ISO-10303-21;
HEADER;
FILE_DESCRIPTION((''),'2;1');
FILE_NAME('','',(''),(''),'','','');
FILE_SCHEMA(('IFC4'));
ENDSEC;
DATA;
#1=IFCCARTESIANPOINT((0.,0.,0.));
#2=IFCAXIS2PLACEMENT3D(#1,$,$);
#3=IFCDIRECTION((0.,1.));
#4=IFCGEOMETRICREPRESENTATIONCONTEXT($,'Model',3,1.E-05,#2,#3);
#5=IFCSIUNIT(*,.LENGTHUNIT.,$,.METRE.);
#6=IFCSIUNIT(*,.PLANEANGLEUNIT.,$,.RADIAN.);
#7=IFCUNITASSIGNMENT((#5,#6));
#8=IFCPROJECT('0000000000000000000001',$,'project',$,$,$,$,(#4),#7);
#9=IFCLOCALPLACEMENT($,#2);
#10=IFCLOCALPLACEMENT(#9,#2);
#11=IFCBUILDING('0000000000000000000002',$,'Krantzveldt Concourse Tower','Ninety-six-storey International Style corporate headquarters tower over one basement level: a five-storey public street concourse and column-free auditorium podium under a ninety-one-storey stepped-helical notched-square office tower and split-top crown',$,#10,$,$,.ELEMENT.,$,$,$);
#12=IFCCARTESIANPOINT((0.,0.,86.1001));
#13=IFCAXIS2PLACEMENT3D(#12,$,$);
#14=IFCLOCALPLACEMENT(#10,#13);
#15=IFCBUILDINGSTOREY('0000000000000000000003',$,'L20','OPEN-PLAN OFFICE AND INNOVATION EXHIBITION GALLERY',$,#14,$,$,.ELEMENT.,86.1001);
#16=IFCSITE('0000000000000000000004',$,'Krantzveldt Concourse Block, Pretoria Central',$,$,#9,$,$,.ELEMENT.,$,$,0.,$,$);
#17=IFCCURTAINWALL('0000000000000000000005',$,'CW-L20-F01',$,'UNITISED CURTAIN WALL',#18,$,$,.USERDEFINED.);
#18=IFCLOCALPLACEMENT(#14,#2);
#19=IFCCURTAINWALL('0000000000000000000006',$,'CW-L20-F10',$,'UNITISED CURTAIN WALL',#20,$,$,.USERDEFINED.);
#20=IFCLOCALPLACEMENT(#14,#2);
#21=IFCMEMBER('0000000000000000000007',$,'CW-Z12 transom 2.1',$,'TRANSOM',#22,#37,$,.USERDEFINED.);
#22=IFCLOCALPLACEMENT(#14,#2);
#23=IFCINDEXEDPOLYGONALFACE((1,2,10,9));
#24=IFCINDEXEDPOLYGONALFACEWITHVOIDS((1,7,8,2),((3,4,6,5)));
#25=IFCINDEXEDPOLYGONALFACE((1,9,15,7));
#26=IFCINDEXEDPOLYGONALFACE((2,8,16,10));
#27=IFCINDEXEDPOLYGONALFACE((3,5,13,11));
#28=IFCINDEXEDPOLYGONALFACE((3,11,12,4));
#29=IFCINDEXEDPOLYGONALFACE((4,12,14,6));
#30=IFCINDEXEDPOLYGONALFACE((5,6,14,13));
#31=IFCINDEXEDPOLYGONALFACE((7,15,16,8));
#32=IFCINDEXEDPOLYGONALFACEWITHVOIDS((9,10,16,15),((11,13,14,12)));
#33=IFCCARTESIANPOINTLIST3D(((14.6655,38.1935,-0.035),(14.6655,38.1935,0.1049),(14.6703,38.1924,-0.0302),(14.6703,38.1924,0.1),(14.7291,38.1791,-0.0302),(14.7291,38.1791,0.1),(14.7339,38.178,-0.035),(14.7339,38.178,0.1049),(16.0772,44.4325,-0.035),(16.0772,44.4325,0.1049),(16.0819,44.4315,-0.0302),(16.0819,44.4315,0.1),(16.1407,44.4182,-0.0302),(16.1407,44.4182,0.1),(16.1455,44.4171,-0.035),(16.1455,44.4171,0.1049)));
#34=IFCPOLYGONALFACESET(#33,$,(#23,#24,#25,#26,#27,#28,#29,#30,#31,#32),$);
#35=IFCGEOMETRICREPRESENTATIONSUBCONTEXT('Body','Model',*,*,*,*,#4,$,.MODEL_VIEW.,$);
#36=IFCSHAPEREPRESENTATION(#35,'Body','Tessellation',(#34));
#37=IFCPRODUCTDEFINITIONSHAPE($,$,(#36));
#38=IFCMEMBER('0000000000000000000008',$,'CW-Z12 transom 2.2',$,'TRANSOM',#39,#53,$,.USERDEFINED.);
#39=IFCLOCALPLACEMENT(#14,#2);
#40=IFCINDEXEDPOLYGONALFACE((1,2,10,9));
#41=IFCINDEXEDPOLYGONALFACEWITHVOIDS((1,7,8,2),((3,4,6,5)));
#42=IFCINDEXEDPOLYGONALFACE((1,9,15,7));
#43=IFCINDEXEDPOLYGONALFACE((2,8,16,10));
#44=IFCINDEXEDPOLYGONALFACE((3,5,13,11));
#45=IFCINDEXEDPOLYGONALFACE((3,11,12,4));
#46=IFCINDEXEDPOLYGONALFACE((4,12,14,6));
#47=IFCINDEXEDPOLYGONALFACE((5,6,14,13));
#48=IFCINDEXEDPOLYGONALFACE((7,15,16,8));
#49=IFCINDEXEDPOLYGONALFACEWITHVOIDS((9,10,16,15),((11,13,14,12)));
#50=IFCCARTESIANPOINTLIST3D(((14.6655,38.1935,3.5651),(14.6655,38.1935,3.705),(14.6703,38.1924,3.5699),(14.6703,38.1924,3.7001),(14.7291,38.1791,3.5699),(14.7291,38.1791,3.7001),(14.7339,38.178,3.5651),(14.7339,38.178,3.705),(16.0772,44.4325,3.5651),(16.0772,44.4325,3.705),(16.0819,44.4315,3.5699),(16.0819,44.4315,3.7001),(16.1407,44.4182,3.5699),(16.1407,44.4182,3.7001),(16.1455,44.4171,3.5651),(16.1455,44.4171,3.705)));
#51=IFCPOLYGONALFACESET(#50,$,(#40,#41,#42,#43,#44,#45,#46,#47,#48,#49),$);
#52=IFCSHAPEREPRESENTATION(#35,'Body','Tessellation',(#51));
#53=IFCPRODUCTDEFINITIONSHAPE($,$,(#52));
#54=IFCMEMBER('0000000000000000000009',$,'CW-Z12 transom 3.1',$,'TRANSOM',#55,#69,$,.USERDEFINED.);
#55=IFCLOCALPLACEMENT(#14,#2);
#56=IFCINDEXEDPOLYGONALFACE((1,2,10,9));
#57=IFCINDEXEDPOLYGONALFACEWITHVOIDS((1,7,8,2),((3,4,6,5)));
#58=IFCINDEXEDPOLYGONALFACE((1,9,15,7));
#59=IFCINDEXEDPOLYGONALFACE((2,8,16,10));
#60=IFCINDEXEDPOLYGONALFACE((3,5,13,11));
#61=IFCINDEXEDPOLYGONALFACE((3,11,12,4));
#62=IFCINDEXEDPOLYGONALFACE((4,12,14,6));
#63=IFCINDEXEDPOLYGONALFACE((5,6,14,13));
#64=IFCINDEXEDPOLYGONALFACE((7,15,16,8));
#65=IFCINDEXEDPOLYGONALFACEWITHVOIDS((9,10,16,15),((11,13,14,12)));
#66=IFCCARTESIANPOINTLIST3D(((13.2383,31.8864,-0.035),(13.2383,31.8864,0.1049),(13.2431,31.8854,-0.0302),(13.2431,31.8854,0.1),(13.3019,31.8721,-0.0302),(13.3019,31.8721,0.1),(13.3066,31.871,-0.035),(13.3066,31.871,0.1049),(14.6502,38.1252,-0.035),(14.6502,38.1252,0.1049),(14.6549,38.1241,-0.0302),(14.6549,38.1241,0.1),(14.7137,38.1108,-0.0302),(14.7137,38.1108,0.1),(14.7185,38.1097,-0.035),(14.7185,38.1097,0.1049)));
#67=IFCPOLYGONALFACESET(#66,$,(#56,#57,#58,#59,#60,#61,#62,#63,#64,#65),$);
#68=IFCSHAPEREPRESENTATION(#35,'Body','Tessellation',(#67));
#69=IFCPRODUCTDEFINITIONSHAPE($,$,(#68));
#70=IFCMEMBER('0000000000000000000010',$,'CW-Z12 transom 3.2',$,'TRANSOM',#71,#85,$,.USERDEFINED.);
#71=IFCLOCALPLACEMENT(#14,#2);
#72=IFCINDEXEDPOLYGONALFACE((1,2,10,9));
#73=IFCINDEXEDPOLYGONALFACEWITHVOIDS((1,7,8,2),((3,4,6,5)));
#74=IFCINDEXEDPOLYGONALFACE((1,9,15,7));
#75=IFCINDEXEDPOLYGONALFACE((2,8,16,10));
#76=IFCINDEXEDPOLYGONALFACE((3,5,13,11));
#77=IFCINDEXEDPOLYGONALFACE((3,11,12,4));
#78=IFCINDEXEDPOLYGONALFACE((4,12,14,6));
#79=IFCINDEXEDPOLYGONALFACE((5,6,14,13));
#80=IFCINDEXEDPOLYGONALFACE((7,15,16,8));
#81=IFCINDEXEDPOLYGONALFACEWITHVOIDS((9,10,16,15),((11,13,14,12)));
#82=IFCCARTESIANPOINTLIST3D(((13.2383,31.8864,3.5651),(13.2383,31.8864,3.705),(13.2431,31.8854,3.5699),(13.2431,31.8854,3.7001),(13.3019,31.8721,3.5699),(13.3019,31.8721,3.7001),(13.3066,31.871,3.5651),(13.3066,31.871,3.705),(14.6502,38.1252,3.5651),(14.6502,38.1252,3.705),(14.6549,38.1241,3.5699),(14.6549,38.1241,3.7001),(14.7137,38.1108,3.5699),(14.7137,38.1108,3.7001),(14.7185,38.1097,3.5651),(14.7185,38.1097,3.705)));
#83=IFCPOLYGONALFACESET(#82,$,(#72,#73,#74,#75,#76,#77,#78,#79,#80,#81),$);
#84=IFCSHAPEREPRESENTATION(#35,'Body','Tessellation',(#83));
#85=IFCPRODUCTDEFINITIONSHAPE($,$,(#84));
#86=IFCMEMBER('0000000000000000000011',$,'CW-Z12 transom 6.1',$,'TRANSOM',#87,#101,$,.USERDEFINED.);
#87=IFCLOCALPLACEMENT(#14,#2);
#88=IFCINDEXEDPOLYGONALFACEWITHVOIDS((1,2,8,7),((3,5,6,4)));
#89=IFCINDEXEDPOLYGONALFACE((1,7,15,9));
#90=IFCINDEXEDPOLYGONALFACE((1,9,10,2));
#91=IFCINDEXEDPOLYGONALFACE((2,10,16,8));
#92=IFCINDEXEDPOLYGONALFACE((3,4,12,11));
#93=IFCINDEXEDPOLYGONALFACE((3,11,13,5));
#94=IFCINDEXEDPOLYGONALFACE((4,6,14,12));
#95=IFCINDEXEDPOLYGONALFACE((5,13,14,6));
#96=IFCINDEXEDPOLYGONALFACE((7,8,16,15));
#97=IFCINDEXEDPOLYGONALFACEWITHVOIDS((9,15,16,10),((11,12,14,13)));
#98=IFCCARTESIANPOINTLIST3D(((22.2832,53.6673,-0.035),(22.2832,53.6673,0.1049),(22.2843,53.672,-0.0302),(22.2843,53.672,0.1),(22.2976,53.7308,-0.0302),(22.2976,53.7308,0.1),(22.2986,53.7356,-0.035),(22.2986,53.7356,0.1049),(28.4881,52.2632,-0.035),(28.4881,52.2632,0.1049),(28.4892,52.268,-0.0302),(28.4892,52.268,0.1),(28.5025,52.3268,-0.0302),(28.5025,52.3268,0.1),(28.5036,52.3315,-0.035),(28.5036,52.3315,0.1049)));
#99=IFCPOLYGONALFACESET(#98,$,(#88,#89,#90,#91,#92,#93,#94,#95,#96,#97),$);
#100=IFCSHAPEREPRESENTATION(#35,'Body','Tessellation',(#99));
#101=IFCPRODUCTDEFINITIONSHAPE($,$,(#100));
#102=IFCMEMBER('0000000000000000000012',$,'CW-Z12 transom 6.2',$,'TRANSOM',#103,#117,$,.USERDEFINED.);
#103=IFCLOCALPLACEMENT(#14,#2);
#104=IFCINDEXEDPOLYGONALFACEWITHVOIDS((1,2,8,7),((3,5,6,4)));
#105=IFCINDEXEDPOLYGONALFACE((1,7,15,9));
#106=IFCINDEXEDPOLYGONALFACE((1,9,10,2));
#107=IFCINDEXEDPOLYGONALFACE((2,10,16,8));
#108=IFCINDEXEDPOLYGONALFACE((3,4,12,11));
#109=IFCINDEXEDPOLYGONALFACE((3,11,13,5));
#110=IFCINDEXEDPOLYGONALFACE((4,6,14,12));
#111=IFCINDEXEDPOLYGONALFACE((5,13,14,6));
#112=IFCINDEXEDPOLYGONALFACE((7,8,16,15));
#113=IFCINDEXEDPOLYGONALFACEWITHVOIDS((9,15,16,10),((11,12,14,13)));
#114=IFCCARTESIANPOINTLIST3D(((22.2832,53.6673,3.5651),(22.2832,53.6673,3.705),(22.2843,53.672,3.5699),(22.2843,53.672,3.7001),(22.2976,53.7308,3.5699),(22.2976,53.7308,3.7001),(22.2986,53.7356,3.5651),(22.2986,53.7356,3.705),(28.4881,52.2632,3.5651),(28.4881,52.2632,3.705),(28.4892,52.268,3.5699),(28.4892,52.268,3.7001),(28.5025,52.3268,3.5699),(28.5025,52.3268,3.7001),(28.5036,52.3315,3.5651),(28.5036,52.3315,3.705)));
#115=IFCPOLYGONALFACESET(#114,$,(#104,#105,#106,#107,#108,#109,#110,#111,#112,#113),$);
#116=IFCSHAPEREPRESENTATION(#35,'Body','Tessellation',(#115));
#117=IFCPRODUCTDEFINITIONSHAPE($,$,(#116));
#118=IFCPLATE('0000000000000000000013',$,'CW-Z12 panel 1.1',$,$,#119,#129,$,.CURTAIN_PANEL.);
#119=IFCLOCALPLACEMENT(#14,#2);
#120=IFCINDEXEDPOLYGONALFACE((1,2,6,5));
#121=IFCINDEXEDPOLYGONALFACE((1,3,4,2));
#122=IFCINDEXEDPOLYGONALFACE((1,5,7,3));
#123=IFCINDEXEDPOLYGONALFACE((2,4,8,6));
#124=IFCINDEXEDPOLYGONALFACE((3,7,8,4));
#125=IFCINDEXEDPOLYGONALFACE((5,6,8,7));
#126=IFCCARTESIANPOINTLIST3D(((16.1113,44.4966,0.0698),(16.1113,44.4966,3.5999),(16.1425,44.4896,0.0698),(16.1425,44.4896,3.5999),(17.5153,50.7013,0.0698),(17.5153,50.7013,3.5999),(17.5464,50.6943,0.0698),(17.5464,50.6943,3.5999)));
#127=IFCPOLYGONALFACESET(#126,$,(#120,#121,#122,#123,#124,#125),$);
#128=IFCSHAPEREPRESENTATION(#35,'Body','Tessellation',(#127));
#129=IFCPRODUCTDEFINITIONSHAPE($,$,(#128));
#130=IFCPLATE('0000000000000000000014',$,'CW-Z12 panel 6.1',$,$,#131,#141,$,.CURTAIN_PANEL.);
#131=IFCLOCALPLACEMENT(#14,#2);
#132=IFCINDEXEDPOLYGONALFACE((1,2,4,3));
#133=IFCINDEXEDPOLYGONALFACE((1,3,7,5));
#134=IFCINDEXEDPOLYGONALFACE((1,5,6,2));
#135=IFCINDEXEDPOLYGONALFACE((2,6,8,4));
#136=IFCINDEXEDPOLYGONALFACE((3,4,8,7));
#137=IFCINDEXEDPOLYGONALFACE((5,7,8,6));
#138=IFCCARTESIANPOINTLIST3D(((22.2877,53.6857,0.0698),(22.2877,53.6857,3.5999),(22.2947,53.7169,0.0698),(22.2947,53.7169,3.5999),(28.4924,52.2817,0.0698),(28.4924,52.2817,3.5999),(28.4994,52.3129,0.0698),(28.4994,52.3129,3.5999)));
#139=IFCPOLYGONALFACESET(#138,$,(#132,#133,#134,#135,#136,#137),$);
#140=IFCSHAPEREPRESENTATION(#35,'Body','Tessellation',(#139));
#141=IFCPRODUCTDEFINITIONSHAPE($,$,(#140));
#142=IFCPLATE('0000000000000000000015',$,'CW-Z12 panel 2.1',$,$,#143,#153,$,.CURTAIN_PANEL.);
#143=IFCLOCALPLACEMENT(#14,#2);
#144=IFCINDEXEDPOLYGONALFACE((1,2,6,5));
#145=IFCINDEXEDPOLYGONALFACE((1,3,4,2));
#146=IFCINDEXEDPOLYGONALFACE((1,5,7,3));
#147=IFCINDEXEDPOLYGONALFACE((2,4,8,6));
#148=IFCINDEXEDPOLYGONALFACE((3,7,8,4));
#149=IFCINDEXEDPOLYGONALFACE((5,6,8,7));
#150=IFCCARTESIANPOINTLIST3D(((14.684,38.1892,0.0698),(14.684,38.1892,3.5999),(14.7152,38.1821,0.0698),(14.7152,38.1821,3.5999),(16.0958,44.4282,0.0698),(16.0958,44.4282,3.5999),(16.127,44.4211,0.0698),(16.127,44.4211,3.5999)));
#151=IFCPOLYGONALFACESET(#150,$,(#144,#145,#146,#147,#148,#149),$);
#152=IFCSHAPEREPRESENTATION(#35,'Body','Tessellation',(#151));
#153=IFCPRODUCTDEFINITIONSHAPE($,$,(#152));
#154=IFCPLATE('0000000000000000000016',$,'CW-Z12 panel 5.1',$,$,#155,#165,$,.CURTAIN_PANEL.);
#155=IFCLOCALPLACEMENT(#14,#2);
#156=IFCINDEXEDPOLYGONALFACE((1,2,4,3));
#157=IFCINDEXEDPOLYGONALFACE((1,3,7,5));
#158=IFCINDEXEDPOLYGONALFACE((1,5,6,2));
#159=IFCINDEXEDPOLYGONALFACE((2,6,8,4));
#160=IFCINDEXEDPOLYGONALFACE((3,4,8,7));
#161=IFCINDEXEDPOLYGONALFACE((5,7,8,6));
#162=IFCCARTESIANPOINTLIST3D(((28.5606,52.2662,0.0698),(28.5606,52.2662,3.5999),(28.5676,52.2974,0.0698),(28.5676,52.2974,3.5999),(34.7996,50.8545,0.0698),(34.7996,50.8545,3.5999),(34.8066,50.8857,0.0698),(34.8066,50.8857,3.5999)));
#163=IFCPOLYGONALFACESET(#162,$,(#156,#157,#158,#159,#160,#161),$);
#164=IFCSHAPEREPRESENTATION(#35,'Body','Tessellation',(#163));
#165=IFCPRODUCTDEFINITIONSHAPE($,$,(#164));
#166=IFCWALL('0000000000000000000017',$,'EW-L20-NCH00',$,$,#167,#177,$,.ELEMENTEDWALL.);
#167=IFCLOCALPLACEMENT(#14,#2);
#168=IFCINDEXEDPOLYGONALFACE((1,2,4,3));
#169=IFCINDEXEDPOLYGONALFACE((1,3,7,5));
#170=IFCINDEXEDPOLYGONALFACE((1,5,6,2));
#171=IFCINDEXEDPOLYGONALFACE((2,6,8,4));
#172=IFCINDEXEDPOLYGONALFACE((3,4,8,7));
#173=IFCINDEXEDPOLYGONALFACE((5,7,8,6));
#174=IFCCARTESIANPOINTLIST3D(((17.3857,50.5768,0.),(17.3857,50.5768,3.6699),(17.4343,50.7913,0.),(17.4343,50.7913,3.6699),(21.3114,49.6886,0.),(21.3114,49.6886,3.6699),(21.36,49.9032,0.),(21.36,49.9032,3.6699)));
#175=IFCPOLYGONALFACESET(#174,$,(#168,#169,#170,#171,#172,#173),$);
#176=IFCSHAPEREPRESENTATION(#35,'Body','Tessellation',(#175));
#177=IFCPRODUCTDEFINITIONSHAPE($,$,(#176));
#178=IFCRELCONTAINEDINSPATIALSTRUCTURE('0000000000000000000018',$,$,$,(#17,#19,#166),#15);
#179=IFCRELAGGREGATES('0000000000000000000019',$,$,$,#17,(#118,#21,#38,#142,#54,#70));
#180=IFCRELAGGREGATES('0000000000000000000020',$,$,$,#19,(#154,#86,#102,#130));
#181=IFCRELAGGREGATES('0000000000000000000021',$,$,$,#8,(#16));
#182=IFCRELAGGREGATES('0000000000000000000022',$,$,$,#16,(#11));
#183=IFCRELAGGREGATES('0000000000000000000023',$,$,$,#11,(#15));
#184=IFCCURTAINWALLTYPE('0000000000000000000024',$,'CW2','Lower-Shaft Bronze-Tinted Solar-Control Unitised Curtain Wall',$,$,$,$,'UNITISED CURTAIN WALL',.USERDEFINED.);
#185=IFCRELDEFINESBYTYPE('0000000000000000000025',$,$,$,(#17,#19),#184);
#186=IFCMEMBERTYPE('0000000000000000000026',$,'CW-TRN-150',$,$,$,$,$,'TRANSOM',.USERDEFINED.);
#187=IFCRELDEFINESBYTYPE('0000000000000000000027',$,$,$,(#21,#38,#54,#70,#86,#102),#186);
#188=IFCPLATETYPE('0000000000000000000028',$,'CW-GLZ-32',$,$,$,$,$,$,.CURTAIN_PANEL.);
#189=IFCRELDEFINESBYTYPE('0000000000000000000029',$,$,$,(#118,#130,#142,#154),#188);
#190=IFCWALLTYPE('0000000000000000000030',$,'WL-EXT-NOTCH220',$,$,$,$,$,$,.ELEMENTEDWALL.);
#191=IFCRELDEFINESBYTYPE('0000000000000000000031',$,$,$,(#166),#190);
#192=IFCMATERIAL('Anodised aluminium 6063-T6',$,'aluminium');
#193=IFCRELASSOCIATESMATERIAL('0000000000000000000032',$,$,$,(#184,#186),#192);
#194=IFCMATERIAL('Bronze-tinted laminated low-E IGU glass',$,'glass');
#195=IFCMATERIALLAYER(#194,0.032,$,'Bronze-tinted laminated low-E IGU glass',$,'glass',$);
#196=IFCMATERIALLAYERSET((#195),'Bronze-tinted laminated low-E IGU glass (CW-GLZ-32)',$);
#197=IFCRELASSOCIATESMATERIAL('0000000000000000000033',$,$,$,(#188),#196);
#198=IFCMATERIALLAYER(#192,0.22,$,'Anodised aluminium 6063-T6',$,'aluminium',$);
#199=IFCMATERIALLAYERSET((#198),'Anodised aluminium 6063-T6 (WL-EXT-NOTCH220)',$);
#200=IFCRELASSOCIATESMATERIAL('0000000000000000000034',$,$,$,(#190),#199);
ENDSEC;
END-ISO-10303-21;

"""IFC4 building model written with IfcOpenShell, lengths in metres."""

from ifc_helpers import new_model, si_unit, direction, frame, frame_2d, origin, origin_2d, place, context, subcontext, project, spatial, rectangle, hollow_rectangle, extrude, source, transform, mapped, material, layer, layer_set, material_profile, profile_set, type_object, type_shapes, element, aggregate, save


model = new_model("IFC4")

# Units and contexts
model_context = context("Model", 3, precision=1e-05, world=origin(), true_north=direction((0.0, 1.0)))
body_context = subcontext(model_context, "Body", "Model", "MODEL_VIEW")
ifc_project = project(units=[si_unit("LENGTHUNIT", "METRE"), si_unit("PLANEANGLEUNIT", "RADIAN")], contexts=[model_context])

# Site, building, storey
site_placement = place(None, origin())
site = spatial("IfcSite", under=ifc_project, at=site_placement, Name="Krantzveldt Concourse Block, Pretoria Central", CompositionType="ELEMENT", RefElevation=0.0)
building_placement = place(site_placement, origin())
building = spatial("IfcBuilding", under=site, at=building_placement, Name="Krantzveldt Concourse Tower", Description="Ninety-six-storey International Style corporate headquarters tower over one basement level: a five-storey public street concourse and column-free auditorium podium under a ninety-one-storey stepped-helical notched-square office tower and split-top crown", CompositionType="ELEMENT")
storey_placement = place(building_placement, frame((0.0, 0.0, 86.1001)))
storey = spatial("IfcBuildingStorey", under=building, at=storey_placement, Name="L20", Description="OPEN-PLAN OFFICE AND INNOVATION EXHIBITION GALLERY", CompositionType="ELEMENT", Elevation=86.1001)

# Curtain walls
ifc_material_1 = material(Name="Anodised aluminium 6063-T6", Category="aluminium")
curtain_wall_type = type_object("IfcCurtainWallType", Name="CW2", Description="Lower-Shaft Bronze-Tinted Solar-Control Unitised Curtain Wall", ElementType="UNITISED CURTAIN WALL", PredefinedType="USERDEFINED", material=ifc_material_1)
curtain_wall_1_placement = place(storey_placement, origin())
curtain_wall_1 = element("IfcCurtainWall", 1, at=curtain_wall_1_placement, inside=storey, type_object=curtain_wall_type, Name="CW-L20-F01", ObjectType="UNITISED CURTAIN WALL", PredefinedType="USERDEFINED")
curtain_wall_2_placement = place(storey_placement, origin())
curtain_wall_2 = element("IfcCurtainWall", 2, at=curtain_wall_2_placement, inside=storey, type_object=curtain_wall_type, Name="CW-L20-F10", ObjectType="UNITISED CURTAIN WALL", PredefinedType="USERDEFINED")

# Members
ifc_material_profile_1 = material_profile(ifc_material_1, hollow_rectangle(XDim=0.0701, YDim=0.1399, WallThickness=0.0049, at=origin_2d()), Name="Anodised aluminium 6063-T6", Category="aluminium")
ifc_profile_set_1 = profile_set([ifc_material_profile_1], Name="Anodised aluminium 6063-T6 - ALU-TRAN 140x70x5")
member_type_1 = type_object("IfcMemberType", Name="CW-TRN-150", ElementType="TRANSOM", PredefinedType="USERDEFINED", material=ifc_profile_set_1)
shared_shape_1 = source(origin(), body_context, "Body", "SweptSolid", [
    extrude(hollow_rectangle(XDim=0.0701, YDim=0.1399, WallThickness=0.0049, at=origin_2d()), origin(), (0.0, 0.0, 1.0), 6.3967),
])
member_1_placement = place(storey_placement, frame((16.1113, 44.4248, 0.0349), z_axis=(-0.220679, -0.975346, 0.0), x_axis=(0.975346, -0.220679, 0.0)))
member_1 = element("IfcMember", 3, at=member_1_placement, type_object=member_type_1, Name="CW-Z12 transom 2.1", ObjectType="TRANSOM", PredefinedType="USERDEFINED", context=body_context, shape_type="MappedRepresentation", body=[
    mapped(shared_shape_1, transform((0.0, 0.0, 0.0), x_axis=(1.0, 0.0, 0.0), y_axis=(0.0, 1.0, 0.0), z_axis=(0.0, 0.0, 1.0), scale=1.0)),
])
member_2_placement = place(storey_placement, frame((16.1113, 44.4248, 3.635), z_axis=(-0.220679, -0.975346, 0.0), x_axis=(0.975346, -0.220679, 0.0)))
member_2 = element("IfcMember", 4, at=member_2_placement, type_object=member_type_1, Name="CW-Z12 transom 2.2", ObjectType="TRANSOM", PredefinedType="USERDEFINED", context=body_context, shape_type="MappedRepresentation", body=[
    mapped(shared_shape_1, transform((0.0, 0.0, 0.0), x_axis=(1.0, 0.0, 0.0), y_axis=(0.0, 1.0, 0.0), z_axis=(0.0, 0.0, 1.0), scale=1.0)),
])
shared_shape_2 = source(origin(), body_context, "Body", "SweptSolid", [
    extrude(hollow_rectangle(XDim=0.0701, YDim=0.1399, WallThickness=0.0049, at=origin_2d()), origin(), (0.0, 0.0, 1.0), 6.3965),
])
member_3_placement = place(storey_placement, frame((14.6843, 38.1174, 0.0349), z_axis=(-0.220724, -0.975336, 0.0), x_axis=(0.975336, -0.220724, 0.0)))
member_3 = element("IfcMember", 5, at=member_3_placement, type_object=member_type_1, Name="CW-Z12 transom 3.1", ObjectType="TRANSOM", PredefinedType="USERDEFINED", context=body_context, shape_type="MappedRepresentation", body=[
    mapped(shared_shape_2, transform((0.0, 0.0, 0.0), x_axis=(1.0, 0.0, 0.0), y_axis=(0.0, 1.0, 0.0), z_axis=(0.0, 0.0, 1.0), scale=1.0)),
])
member_4_placement = place(storey_placement, frame((14.6843, 38.1174, 3.635), z_axis=(-0.220724, -0.975336, 0.0), x_axis=(0.975336, -0.220724, 0.0)))
member_4 = element("IfcMember", 6, at=member_4_placement, type_object=member_type_1, Name="CW-Z12 transom 3.2", ObjectType="TRANSOM", PredefinedType="USERDEFINED", context=body_context, shape_type="MappedRepresentation", body=[
    mapped(shared_shape_2, transform((0.0, 0.0, 0.0), x_axis=(1.0, 0.0, 0.0), y_axis=(0.0, 1.0, 0.0), z_axis=(0.0, 0.0, 1.0), scale=1.0)),
])
shared_shape_3 = source(origin(), body_context, "Body", "SweptSolid", [
    extrude(hollow_rectangle(XDim=0.0701, YDim=0.1399, WallThickness=0.0049, at=origin_2d()), origin(), (0.0, 0.0, 1.0), 6.3618),
])
member_5_placement = place(storey_placement, frame((28.4958, 52.2974, 0.0349), z_axis=(-0.975341, 0.220704, 0.0), x_axis=(-0.220704, -0.975341, 0.0)))
member_5 = element("IfcMember", 7, at=member_5_placement, type_object=member_type_1, Name="CW-Z12 transom 6.1", ObjectType="TRANSOM", PredefinedType="USERDEFINED", context=body_context, shape_type="MappedRepresentation", body=[
    mapped(shared_shape_3, transform((0.0, 0.0, 0.0), x_axis=(1.0, 0.0, 0.0), y_axis=(0.0, 1.0, 0.0), z_axis=(0.0, 0.0, 1.0), scale=1.0)),
])
member_6_placement = place(storey_placement, frame((28.4958, 52.2974, 3.635), z_axis=(-0.975341, 0.220704, 0.0), x_axis=(-0.220704, -0.975341, 0.0)))
member_6 = element("IfcMember", 8, at=member_6_placement, type_object=member_type_1, Name="CW-Z12 transom 6.2", ObjectType="TRANSOM", PredefinedType="USERDEFINED", context=body_context, shape_type="MappedRepresentation", body=[
    mapped(shared_shape_3, transform((0.0, 0.0, 0.0), x_axis=(1.0, 0.0, 0.0), y_axis=(0.0, 1.0, 0.0), z_axis=(0.0, 0.0, 1.0), scale=1.0)),
])

# Plates
ifc_material_2 = material(Name="Bronze-tinted laminated low-E IGU glass", Category="glass")
ifc_layer_1 = layer(ifc_material_2, 0.032, Name="Bronze-tinted laminated low-E IGU glass", Category="glass")
ifc_layer_set_1 = layer_set([ifc_layer_1], Name="Bronze-tinted laminated low-E IGU glass (CW-GLZ-32)")
plate_type = type_object("IfcPlateType", Name="CW-GLZ-32", PredefinedType="CURTAIN_PANEL", material=ifc_layer_set_1)
shared_shape_4 = source(origin(), body_context, "Body", "SweptSolid", [
    extrude(rectangle(XDim=6.3616, YDim=0.032, at=origin_2d()), origin(), (0.0, 0.0, 1.0), 3.53),
])
plate_1_placement = place(storey_placement, frame((16.8289, 47.5955, 0.0698), z_axis=(0.0, 0.0, 1.0), x_axis=(-0.220697, -0.975342, 0.0)))
plate_1 = element("IfcPlate", 9, at=plate_1_placement, type_object=plate_type, Name="CW-Z12 panel 1.1", PredefinedType="CURTAIN_PANEL", context=body_context, shape_type="MappedRepresentation", body=[
    mapped(shared_shape_4, transform((0.0, 0.0, 0.0), x_axis=(1.0, 0.0, 0.0), y_axis=(0.0, 1.0, 0.0), z_axis=(0.0, 0.0, 1.0), scale=1.0)),
])
plate_2_placement = place(storey_placement, frame((25.3936, 52.9993, 0.0698), z_axis=(0.0, 0.0, 1.0), x_axis=(-0.975342, 0.220697, 0.0)))
plate_2 = element("IfcPlate", 10, at=plate_2_placement, type_object=plate_type, Name="CW-Z12 panel 6.1", PredefinedType="CURTAIN_PANEL", context=body_context, shape_type="MappedRepresentation", body=[
    mapped(shared_shape_4, transform((0.0, 0.0, 0.0), x_axis=(1.0, 0.0, 0.0), y_axis=(0.0, 1.0, 0.0), z_axis=(0.0, 0.0, 1.0), scale=1.0)),
])
shared_shape_5 = source(origin(), body_context, "Body", "SweptSolid", [
    extrude(rectangle(XDim=6.3967, YDim=0.032, at=origin_2d()), origin(), (0.0, 0.0, 1.0), 3.53),
])
type_shapes(plate_type, [shared_shape_4, shared_shape_5])
plate_3_placement = place(storey_placement, frame((15.4055, 41.3052, 0.0698), z_axis=(0.0, 0.0, 1.0), x_axis=(-0.220697, -0.975342, 0.0)))
plate_3 = element("IfcPlate", 11, at=plate_3_placement, type_object=plate_type, Name="CW-Z12 panel 2.1", PredefinedType="CURTAIN_PANEL", context=body_context, shape_type="MappedRepresentation", body=[
    mapped(shared_shape_5, transform((0.0, 0.0, 0.0), x_axis=(1.0, 0.0, 0.0), y_axis=(0.0, 1.0, 0.0), z_axis=(0.0, 0.0, 1.0), scale=1.0)),
])
aggregate(curtain_wall_1, [plate_1, member_1, member_2, plate_3, member_3, member_4])
plate_4_placement = place(storey_placement, frame((31.6836, 51.5759, 0.0698), z_axis=(0.0, 0.0, 1.0), x_axis=(-0.975342, 0.220697, 0.0)))
plate_4 = element("IfcPlate", 12, at=plate_4_placement, type_object=plate_type, Name="CW-Z12 panel 5.1", PredefinedType="CURTAIN_PANEL", context=body_context, shape_type="MappedRepresentation", body=[
    mapped(shared_shape_5, transform((0.0, 0.0, 0.0), x_axis=(1.0, 0.0, 0.0), y_axis=(0.0, 1.0, 0.0), z_axis=(0.0, 0.0, 1.0), scale=1.0)),
])
aggregate(curtain_wall_2, [plate_4, member_5, member_6, plate_2])

# Wall
ifc_layer_2 = layer(ifc_material_1, 0.22, Name="Anodised aluminium 6063-T6", Category="aluminium")
ifc_layer_set_2 = layer_set([ifc_layer_2], Name="Anodised aluminium 6063-T6 (WL-EXT-NOTCH220)")
wall_type_1 = type_object("IfcWallType", Name="WL-EXT-NOTCH220", PredefinedType="ELEMENTEDWALL", material=ifc_layer_set_2)
wall_1_placement = place(storey_placement, frame((21.3357, 49.7959, 0.0), z_axis=(0.0, 0.0, 1.0), x_axis=(-0.975349, 0.220667, 0.0)))
element("IfcWall", 13, at=wall_1_placement, inside=storey, type_object=wall_type_1, Name="EW-L20-NCH00", PredefinedType="ELEMENTEDWALL", context=body_context, shape_type="SweptSolid", body=[
    extrude(rectangle(XDim=4.0249, YDim=0.22, at=frame_2d((2.0125, 0.0))), origin(), (0.0, 0.0, 1.0), 3.6699),
])

save(model, "model.ifc")
